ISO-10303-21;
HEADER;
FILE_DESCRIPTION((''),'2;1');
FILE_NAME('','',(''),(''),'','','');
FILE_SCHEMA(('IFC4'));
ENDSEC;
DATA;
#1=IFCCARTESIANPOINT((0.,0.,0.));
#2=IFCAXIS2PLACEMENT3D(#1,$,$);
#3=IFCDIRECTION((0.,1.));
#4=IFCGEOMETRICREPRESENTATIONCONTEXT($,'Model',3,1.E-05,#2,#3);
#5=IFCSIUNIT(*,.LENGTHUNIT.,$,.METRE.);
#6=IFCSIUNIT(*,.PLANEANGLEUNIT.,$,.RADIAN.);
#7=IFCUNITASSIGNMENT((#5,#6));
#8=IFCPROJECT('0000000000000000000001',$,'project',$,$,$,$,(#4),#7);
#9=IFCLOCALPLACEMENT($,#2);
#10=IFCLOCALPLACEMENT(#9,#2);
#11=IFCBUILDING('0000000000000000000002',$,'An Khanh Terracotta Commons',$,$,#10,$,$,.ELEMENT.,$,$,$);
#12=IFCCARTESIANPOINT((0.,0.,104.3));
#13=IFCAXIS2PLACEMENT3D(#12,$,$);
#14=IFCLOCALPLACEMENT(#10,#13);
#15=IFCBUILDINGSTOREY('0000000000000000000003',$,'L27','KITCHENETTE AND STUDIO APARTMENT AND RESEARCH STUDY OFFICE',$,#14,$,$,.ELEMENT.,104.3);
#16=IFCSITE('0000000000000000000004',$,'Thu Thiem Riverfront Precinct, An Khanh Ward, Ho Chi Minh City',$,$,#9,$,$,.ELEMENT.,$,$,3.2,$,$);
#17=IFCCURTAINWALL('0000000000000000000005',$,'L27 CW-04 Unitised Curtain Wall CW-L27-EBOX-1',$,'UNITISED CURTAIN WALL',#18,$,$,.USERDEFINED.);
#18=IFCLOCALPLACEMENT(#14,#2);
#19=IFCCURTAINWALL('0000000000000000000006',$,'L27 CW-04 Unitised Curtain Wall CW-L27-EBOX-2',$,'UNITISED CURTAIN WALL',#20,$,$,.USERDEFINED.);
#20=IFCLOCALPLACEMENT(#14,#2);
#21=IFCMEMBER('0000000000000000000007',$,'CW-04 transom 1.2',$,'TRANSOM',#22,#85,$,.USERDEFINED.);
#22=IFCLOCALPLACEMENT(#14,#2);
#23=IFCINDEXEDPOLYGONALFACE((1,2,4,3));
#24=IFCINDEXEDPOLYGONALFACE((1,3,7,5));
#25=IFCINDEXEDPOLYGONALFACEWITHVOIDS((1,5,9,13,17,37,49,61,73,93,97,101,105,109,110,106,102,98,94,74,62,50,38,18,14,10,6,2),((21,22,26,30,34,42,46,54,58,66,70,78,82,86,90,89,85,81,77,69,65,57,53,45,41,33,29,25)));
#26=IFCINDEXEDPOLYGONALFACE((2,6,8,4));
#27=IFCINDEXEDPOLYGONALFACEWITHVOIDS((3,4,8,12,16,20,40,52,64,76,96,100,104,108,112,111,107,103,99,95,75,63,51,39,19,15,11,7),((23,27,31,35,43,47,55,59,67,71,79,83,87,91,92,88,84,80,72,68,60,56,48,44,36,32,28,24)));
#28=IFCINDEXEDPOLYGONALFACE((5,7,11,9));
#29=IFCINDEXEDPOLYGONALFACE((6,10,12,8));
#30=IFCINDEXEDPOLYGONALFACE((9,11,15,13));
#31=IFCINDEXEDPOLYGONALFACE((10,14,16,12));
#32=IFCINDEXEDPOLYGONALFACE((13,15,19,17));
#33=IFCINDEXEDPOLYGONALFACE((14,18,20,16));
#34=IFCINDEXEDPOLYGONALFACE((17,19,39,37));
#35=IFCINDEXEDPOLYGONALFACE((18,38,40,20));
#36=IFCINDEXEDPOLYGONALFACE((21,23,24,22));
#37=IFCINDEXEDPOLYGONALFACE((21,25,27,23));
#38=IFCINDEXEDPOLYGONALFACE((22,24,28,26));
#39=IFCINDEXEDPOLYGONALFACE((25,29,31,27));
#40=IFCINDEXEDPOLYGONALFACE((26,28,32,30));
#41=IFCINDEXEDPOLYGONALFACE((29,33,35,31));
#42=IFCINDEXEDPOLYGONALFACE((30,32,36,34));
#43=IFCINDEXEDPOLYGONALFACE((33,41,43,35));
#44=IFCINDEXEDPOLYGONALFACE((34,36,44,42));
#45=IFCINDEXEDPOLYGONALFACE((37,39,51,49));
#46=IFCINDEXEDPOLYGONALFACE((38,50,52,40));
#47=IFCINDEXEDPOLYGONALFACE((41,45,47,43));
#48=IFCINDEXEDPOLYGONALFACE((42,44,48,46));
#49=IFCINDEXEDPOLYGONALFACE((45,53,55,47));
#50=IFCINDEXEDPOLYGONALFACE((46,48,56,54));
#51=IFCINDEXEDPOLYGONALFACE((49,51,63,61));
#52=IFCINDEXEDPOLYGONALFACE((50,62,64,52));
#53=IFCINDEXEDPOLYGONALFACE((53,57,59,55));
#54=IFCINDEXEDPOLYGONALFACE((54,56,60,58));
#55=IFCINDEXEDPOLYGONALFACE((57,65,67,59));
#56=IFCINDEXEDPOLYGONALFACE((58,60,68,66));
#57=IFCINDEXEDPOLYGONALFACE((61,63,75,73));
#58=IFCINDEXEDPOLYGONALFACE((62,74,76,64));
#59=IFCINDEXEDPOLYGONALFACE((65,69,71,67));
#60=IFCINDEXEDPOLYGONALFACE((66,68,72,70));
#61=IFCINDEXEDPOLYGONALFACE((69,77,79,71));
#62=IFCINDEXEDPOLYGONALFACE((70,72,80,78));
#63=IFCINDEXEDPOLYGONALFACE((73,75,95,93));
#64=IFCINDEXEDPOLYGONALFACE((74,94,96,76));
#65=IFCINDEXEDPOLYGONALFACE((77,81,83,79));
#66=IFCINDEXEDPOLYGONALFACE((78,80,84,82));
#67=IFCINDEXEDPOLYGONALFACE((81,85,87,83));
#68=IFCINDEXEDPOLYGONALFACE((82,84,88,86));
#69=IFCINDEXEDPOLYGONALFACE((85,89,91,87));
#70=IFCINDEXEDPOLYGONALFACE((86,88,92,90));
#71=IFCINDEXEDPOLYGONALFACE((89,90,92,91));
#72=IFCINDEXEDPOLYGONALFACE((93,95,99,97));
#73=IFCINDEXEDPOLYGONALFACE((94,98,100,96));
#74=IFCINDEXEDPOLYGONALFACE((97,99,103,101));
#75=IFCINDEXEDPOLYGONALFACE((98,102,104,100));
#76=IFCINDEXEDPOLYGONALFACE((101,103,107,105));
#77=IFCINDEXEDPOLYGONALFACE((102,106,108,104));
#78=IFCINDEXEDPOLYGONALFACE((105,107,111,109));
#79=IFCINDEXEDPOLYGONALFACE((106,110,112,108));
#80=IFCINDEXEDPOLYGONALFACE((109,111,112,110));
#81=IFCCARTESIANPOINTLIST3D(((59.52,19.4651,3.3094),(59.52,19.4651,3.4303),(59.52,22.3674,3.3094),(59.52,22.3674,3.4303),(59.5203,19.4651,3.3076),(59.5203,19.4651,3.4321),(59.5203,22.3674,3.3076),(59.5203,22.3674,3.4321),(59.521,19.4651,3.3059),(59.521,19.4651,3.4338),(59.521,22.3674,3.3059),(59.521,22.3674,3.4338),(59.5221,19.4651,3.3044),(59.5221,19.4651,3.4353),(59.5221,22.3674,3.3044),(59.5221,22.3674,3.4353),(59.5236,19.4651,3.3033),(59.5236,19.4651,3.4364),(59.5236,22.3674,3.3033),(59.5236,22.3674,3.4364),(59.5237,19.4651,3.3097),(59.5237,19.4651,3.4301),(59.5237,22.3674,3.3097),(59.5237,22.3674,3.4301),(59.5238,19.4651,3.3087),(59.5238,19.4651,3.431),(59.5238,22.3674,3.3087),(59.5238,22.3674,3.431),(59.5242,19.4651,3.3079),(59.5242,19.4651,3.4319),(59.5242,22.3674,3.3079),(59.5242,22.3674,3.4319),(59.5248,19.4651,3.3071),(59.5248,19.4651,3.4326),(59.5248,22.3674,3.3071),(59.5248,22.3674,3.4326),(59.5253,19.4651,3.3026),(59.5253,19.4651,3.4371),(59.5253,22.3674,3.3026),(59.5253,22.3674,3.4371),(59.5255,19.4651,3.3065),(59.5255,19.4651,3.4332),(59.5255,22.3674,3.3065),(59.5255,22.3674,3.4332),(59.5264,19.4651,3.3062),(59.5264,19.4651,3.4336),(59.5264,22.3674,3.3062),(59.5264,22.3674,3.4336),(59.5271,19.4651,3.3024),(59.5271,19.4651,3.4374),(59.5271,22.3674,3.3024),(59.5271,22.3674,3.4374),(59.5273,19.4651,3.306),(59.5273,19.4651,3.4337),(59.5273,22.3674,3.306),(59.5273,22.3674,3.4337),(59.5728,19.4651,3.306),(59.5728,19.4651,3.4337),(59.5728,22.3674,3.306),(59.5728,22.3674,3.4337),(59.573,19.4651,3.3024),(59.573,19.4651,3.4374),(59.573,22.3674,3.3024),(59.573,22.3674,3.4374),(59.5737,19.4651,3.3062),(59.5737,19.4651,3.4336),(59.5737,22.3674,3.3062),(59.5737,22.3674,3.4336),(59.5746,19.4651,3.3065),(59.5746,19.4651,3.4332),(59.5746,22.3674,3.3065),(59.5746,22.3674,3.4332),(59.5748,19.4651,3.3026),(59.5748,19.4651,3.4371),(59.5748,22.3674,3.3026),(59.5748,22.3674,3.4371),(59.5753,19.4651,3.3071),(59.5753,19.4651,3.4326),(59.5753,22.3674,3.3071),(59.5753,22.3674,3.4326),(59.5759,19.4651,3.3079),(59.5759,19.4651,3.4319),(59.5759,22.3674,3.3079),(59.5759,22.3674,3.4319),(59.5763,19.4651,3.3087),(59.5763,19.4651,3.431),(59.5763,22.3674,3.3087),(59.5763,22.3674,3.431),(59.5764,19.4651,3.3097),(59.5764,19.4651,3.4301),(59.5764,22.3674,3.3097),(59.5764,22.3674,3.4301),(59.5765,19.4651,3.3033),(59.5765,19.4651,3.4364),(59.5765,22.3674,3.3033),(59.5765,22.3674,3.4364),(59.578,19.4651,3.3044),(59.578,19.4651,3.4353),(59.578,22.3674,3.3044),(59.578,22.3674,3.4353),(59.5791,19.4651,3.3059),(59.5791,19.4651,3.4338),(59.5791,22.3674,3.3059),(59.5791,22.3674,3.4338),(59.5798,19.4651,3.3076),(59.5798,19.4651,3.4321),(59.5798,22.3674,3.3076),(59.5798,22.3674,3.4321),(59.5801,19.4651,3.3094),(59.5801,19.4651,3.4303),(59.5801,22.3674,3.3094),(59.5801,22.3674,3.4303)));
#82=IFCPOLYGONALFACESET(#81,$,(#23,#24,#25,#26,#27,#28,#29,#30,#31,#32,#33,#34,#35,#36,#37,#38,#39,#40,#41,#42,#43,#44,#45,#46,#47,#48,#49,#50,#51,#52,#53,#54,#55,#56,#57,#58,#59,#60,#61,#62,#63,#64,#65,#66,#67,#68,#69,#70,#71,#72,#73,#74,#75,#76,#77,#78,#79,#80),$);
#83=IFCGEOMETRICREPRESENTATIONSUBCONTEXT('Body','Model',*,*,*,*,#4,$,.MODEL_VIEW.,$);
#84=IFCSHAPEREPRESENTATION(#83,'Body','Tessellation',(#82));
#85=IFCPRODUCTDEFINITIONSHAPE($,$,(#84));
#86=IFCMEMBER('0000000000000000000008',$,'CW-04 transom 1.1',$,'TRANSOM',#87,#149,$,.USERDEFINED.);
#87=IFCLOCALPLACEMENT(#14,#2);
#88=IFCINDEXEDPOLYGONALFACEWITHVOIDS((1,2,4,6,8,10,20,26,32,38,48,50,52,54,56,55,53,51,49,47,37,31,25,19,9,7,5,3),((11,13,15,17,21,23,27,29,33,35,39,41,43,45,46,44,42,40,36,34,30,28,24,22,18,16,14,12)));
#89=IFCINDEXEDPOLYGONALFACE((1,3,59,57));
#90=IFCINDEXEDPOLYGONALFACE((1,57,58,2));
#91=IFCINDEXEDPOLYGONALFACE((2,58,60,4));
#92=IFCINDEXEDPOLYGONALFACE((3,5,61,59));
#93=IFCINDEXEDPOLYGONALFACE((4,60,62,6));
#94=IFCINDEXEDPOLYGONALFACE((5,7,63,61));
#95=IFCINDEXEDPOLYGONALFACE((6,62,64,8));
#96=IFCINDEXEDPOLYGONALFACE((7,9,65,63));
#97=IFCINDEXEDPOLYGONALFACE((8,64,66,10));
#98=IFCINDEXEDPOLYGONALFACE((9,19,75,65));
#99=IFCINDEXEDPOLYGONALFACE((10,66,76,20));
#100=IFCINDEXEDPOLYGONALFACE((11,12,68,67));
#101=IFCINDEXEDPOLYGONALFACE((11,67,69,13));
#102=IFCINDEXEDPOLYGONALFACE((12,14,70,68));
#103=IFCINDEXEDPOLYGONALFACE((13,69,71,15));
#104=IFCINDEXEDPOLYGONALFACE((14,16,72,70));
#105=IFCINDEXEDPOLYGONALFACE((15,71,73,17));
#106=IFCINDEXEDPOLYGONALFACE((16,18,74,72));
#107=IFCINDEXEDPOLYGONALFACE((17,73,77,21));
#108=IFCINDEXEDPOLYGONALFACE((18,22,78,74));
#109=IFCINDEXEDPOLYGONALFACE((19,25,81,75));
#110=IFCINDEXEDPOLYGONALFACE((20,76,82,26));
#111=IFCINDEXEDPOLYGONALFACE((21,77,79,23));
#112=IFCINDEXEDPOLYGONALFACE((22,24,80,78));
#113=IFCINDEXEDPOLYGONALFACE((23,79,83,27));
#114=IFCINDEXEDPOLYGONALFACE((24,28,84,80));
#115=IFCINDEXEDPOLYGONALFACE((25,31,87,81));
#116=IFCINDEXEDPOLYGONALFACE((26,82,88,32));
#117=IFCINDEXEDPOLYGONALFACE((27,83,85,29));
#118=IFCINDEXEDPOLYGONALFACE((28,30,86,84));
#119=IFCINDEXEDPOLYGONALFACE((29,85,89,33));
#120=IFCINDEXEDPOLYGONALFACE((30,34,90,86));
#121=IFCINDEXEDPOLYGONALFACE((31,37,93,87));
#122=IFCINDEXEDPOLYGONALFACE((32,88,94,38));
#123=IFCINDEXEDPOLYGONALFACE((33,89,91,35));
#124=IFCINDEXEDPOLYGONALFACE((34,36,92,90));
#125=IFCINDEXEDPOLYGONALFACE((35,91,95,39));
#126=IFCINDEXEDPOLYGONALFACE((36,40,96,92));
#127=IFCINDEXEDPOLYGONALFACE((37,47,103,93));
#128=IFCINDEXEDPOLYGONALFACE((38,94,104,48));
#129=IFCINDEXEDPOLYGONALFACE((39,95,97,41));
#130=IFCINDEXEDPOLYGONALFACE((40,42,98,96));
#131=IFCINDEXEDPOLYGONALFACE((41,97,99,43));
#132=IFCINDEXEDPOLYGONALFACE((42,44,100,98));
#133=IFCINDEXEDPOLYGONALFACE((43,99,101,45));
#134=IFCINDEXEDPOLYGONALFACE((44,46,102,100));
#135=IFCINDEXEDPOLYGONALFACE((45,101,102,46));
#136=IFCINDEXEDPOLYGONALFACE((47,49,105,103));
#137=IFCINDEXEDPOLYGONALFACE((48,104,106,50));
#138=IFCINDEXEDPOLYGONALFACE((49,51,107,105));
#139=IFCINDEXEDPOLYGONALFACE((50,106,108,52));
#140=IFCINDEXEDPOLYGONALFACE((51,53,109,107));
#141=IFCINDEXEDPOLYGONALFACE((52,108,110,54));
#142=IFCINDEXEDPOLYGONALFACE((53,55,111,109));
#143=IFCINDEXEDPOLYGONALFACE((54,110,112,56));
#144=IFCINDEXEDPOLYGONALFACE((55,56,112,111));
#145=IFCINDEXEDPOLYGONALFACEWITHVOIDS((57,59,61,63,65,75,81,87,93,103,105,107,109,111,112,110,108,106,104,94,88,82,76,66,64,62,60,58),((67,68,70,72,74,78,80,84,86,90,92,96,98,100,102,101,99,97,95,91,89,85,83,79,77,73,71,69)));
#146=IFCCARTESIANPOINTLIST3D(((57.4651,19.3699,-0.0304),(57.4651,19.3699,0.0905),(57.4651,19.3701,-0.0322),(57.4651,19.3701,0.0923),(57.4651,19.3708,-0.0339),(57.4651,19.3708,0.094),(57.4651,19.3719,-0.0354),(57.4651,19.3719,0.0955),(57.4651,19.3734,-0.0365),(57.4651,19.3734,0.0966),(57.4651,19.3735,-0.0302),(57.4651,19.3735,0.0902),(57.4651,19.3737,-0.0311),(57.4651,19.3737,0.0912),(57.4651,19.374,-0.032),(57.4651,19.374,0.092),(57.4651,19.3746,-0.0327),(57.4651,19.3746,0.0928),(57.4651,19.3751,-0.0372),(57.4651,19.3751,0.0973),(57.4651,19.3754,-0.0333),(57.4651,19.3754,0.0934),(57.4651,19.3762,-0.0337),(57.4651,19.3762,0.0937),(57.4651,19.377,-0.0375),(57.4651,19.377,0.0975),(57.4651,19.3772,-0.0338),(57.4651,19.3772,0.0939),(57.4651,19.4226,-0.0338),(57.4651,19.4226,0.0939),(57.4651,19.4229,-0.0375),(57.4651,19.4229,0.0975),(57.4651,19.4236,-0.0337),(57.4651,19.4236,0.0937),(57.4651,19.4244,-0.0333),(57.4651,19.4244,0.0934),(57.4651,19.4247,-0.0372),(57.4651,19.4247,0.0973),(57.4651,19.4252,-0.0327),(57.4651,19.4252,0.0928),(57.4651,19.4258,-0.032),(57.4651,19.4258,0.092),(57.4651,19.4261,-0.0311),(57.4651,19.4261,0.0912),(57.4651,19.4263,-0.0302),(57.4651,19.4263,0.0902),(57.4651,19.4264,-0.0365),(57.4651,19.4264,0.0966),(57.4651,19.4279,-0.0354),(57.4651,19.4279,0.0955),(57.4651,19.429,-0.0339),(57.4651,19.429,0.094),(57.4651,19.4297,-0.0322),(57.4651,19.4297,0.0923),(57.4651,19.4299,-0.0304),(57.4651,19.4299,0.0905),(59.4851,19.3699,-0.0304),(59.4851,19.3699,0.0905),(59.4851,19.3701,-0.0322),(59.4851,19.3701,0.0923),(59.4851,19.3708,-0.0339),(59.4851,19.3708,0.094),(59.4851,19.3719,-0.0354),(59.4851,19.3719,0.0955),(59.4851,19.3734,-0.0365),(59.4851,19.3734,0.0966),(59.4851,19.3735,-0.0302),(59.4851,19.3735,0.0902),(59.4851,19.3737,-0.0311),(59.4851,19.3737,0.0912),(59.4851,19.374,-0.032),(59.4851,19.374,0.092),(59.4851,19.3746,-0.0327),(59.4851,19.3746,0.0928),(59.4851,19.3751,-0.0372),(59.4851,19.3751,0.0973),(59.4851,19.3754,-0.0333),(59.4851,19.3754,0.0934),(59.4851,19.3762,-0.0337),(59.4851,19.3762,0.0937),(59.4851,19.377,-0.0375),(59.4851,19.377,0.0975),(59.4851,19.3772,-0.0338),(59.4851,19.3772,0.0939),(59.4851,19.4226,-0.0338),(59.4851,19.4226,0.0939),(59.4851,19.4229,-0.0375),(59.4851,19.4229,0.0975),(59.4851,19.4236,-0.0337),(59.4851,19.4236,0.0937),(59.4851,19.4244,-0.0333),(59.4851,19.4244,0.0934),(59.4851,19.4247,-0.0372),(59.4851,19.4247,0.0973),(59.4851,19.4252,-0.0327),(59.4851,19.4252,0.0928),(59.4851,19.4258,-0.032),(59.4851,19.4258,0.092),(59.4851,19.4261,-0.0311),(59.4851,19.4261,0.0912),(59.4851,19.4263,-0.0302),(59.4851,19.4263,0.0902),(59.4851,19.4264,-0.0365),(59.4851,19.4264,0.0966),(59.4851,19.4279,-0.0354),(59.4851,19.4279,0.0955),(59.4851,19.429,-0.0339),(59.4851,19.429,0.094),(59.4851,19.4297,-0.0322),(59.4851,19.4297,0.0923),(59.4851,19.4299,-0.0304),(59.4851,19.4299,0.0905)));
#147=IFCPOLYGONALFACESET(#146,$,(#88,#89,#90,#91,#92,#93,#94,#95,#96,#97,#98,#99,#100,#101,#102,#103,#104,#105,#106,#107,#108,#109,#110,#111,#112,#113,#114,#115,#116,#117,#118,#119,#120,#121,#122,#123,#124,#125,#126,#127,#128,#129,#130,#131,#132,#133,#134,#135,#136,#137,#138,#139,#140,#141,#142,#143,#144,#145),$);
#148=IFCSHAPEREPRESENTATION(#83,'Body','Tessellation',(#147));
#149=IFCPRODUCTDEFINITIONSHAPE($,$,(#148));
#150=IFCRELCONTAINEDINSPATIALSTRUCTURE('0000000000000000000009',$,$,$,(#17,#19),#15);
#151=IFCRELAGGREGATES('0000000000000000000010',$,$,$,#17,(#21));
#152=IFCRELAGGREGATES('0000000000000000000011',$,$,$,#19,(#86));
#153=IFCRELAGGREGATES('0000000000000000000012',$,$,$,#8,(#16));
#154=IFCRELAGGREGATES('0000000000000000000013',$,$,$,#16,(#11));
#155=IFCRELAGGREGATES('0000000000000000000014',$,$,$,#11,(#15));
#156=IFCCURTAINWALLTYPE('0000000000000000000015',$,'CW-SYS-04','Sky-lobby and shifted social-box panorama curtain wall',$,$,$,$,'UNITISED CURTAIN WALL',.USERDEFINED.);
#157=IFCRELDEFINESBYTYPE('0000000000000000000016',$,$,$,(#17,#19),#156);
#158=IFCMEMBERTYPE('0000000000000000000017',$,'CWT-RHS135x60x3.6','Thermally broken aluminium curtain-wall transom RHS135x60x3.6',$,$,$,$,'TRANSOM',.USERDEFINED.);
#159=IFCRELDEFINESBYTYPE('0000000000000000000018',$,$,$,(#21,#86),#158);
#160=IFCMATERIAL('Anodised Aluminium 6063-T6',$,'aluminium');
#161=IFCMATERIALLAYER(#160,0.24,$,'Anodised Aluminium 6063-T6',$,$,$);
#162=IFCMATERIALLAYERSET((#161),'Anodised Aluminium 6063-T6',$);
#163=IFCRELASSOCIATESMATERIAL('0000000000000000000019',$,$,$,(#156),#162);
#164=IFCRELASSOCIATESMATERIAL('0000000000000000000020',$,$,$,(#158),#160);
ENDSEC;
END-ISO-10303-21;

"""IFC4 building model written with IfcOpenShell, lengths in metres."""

from ifc_helpers import new_model, si_unit, direction, frame, origin, origin_2d, place, context, subcontext, project, spatial, hollow_rectangle, extrude, material, layer, layer_set, material_profile, profile_set, type_object, element, aggregate, save


model = new_model("IFC4")

# Units and contexts
model_context = context("Model", 3, precision=1e-05, world=origin(), true_north=direction((0.0, 1.0)))
body_context = subcontext(model_context, "Body", "Model", "MODEL_VIEW")
ifc_project = project(units=[si_unit("LENGTHUNIT", "METRE"), si_unit("PLANEANGLEUNIT", "RADIAN")], contexts=[model_context])

# Site, building, storey
site_placement = place(None, origin())
site = spatial("IfcSite", under=ifc_project, at=site_placement, Name="Thu Thiem Riverfront Precinct, An Khanh Ward, Ho Chi Minh City", CompositionType="ELEMENT", RefElevation=3.2)
building_placement = place(site_placement, origin())
building = spatial("IfcBuilding", under=site, at=building_placement, Name="An Khanh Terracotta Commons", CompositionType="ELEMENT")
storey_placement = place(building_placement, frame((0.0, 0.0, 104.3)))
storey = spatial("IfcBuildingStorey", under=building, at=storey_placement, Name="L27", Description="KITCHENETTE AND STUDIO APARTMENT AND RESEARCH STUDY OFFICE", CompositionType="ELEMENT", Elevation=104.3)

# Curtain walls
ifc_material_1 = material(Name="Anodised Aluminium 6063-T6", Category="aluminium")
ifc_layer_1 = layer(ifc_material_1, 0.24, Name="Anodised Aluminium 6063-T6")
ifc_layer_set_1 = layer_set([ifc_layer_1], Name="Anodised Aluminium 6063-T6")
curtain_wall_type_1 = type_object("IfcCurtainWallType", Name="CW-SYS-04", Description="Sky-lobby and shifted social-box panorama curtain wall", ElementType="UNITISED CURTAIN WALL", PredefinedType="USERDEFINED", material=ifc_layer_set_1)
curtain_wall_1_placement = place(storey_placement, origin())
curtain_wall_1 = element("IfcCurtainWall", 1, at=curtain_wall_1_placement, inside=storey, type_object=curtain_wall_type_1, Name="L27 CW-04 Unitised Curtain Wall CW-L27-EBOX-1", ObjectType="UNITISED CURTAIN WALL", PredefinedType="USERDEFINED")
curtain_wall_2_placement = place(storey_placement, origin())
curtain_wall_2 = element("IfcCurtainWall", 2, at=curtain_wall_2_placement, inside=storey, type_object=curtain_wall_type_1, Name="L27 CW-04 Unitised Curtain Wall CW-L27-EBOX-2", ObjectType="UNITISED CURTAIN WALL", PredefinedType="USERDEFINED")

# Members
ifc_material_profile_1 = material_profile(ifc_material_1, hollow_rectangle(XDim=0.0601, YDim=0.135, WallThickness=0.0037, InnerFilletRadius=0.0037, OuterFilletRadius=0.0071, at=origin_2d()), Name="RHS135x60x3.6")
ifc_profile_set_1 = profile_set([ifc_material_profile_1], Name="Anodised Aluminium 6063-T6")
member_type_1 = type_object("IfcMemberType", Name="CWT-RHS135x60x3.6", Description="Thermally broken aluminium curtain-wall transom RHS135x60x3.6", ElementType="TRANSOM", PredefinedType="USERDEFINED", material=ifc_profile_set_1)
member_1_placement = place(storey_placement, frame((59.55, 19.4651, 3.3699), z_axis=(0.0, 1.0, 0.0), x_axis=(-1.0, 0.0, 0.0)))
member_1 = element("IfcMember", 3, at=member_1_placement, type_object=member_type_1, Name="CW-04 transom 1.2", ObjectType="TRANSOM", PredefinedType="USERDEFINED", context=body_context, shape_type="SweptSolid", body=[
    extrude(hollow_rectangle(XDim=0.0601, YDim=0.135, WallThickness=0.0037, InnerFilletRadius=0.0037, OuterFilletRadius=0.0071, at=origin_2d()), origin(), (0.0, 0.0, 1.0), 2.9023),
])
member_2_placement = place(storey_placement, frame((57.4651, 19.3999, 0.03), z_axis=(1.0, 0.0, 0.0), x_axis=(0.0, 1.0, 0.0)))
member_2 = element("IfcMember", 4, at=member_2_placement, type_object=member_type_1, Name="CW-04 transom 1.1", ObjectType="TRANSOM", PredefinedType="USERDEFINED", context=body_context, shape_type="SweptSolid", body=[
    extrude(hollow_rectangle(XDim=0.0601, YDim=0.135, WallThickness=0.0037, InnerFilletRadius=0.0037, OuterFilletRadius=0.0071, at=origin_2d()), origin(), (0.0, 0.0, 1.0), 2.02),
])

aggregate(curtain_wall_1, [member_1])
aggregate(curtain_wall_2, [member_2])

save(model, "model.ifc")
